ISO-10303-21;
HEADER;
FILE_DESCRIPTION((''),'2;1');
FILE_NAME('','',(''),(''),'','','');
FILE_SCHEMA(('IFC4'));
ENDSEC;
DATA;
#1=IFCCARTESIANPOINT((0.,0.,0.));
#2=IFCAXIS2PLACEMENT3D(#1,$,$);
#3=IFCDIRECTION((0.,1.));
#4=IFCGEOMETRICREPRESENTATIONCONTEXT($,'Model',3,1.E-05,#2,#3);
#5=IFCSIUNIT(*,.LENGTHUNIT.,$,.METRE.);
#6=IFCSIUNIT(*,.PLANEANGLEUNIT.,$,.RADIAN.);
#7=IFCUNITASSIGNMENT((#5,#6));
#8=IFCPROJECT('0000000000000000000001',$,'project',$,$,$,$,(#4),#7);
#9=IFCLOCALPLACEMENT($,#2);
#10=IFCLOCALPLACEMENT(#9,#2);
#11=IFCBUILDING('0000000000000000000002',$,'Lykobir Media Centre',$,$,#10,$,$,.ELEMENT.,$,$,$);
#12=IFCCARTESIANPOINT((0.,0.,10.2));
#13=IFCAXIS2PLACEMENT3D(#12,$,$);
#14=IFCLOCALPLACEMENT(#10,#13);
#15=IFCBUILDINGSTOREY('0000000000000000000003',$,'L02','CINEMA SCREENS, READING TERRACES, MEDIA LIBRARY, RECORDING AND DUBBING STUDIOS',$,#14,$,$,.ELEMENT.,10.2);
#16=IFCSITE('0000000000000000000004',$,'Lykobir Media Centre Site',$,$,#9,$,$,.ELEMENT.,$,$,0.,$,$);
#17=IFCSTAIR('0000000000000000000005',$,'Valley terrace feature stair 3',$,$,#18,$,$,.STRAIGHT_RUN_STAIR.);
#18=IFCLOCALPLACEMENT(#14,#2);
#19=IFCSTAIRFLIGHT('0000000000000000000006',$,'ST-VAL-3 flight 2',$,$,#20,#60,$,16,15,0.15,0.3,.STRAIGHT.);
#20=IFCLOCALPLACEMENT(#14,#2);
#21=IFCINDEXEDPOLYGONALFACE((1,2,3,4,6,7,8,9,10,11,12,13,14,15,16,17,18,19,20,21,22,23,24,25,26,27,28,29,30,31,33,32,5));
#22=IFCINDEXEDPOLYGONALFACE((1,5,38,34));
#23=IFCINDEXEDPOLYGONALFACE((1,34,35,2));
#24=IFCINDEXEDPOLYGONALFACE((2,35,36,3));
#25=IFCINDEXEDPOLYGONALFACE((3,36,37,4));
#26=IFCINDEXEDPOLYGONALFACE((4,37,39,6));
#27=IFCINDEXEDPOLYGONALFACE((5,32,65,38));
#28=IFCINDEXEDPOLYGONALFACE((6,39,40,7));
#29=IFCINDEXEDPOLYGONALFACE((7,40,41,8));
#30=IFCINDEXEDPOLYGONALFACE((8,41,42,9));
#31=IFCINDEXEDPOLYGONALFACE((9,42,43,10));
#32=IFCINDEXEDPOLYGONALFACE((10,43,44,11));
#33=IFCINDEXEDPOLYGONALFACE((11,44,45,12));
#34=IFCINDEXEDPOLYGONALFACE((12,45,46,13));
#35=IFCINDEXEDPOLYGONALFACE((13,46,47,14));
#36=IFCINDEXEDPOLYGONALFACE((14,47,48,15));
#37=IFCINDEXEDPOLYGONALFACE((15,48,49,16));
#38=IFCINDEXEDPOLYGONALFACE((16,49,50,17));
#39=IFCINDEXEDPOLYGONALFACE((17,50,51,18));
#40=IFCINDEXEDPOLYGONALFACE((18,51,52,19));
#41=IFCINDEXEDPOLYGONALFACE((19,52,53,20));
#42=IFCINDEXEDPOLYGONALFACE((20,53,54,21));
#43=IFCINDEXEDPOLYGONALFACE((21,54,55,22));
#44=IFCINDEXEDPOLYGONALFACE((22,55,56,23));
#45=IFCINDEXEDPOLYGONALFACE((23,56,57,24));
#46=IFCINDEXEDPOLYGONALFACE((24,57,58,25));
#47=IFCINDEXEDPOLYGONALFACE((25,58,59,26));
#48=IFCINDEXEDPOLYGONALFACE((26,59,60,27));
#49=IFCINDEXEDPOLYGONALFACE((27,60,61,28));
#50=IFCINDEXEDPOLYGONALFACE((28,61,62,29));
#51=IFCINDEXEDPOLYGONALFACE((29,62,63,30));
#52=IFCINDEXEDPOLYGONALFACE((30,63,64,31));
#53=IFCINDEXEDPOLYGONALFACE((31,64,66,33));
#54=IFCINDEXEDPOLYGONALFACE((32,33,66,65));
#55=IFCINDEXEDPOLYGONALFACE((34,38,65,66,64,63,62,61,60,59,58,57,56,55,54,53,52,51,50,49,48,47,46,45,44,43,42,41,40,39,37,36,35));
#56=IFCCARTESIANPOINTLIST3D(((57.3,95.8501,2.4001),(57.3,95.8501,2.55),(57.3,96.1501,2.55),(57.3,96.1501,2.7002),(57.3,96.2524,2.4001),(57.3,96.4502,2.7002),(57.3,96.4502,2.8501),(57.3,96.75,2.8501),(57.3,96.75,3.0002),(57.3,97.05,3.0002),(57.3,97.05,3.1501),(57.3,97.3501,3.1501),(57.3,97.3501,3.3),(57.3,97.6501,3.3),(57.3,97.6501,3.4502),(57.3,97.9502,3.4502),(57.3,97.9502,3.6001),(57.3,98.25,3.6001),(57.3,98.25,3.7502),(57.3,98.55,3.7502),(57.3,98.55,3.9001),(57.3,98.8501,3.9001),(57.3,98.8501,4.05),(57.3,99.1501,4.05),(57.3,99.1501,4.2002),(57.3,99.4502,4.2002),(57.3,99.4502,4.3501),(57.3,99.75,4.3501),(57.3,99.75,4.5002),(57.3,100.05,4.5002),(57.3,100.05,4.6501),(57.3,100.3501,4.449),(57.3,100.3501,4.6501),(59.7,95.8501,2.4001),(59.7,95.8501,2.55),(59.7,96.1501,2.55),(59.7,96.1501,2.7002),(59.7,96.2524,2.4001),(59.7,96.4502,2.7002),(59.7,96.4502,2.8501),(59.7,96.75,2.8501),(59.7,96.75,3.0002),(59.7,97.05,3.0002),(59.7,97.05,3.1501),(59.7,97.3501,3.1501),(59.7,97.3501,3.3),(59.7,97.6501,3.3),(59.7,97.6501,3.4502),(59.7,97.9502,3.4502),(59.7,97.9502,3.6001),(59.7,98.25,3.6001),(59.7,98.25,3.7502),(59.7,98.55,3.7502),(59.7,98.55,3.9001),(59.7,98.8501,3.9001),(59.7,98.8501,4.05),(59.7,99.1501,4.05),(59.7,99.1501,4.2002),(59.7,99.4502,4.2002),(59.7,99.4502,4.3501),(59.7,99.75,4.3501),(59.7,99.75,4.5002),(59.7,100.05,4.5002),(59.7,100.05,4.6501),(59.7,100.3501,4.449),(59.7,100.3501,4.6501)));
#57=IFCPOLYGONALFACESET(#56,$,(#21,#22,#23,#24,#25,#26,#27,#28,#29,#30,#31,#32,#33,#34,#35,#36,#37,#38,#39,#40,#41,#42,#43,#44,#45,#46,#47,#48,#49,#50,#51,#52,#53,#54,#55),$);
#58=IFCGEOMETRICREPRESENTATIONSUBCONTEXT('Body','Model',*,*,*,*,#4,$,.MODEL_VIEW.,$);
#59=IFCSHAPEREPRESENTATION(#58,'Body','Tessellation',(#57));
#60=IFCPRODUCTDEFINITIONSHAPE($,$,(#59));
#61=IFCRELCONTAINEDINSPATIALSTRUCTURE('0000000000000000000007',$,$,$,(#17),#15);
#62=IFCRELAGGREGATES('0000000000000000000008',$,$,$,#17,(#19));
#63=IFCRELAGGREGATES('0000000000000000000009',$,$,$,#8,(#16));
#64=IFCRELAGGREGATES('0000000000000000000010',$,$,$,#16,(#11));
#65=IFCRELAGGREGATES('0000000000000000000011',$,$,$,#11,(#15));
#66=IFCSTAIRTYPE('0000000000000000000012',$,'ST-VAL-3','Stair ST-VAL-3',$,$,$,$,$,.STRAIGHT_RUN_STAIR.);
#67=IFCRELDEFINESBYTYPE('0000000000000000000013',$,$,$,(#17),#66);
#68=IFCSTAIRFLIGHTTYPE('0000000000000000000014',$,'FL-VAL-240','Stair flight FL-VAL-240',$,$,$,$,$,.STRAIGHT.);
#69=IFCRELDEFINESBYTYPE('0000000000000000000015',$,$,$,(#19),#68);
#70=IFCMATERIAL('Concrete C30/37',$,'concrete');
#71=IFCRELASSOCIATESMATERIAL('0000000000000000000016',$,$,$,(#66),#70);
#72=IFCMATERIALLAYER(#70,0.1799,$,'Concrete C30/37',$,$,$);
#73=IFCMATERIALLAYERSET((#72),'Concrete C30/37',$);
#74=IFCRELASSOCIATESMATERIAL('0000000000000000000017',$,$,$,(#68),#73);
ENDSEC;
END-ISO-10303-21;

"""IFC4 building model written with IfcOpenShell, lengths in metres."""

from ifc_helpers import new_model, si_unit, direction, frame, origin, place, context, subcontext, project, spatial, polyline, outline, extrude, material, layer, layer_set, type_object, element, aggregate, save


model = new_model("IFC4")

# Units and contexts
model_context = context("Model", 3, precision=1e-05, world=origin(), true_north=direction((0.0, 1.0)))
body_context = subcontext(model_context, "Body", "Model", "MODEL_VIEW")
ifc_project = project(units=[si_unit("LENGTHUNIT", "METRE"), si_unit("PLANEANGLEUNIT", "RADIAN")], contexts=[model_context])

# Site, building, storey
site_placement = place(None, origin())
site = spatial("IfcSite", under=ifc_project, at=site_placement, Name="Lykobir Media Centre Site", CompositionType="ELEMENT", RefElevation=0.0)
building_placement = place(site_placement, origin())
building = spatial("IfcBuilding", under=site, at=building_placement, Name="Lykobir Media Centre", CompositionType="ELEMENT")
storey_placement = place(building_placement, frame((0.0, 0.0, 10.2)))
storey = spatial("IfcBuildingStorey", under=building, at=storey_placement, Name="L02", Description="CINEMA SCREENS, READING TERRACES, MEDIA LIBRARY, RECORDING AND DUBBING STUDIOS", CompositionType="ELEMENT", Elevation=10.2)

# Stair, stair flight
ifc_material_1 = material(Name="Concrete C30/37", Category="concrete")
stair_type = type_object("IfcStairType", Name="ST-VAL-3", Description="Stair ST-VAL-3", PredefinedType="STRAIGHT_RUN_STAIR", material=ifc_material_1)
stair_placement = place(storey_placement, origin())
stair = element("IfcStair", 1, at=stair_placement, inside=storey, type_object=stair_type, Name="Valley terrace feature stair 3", PredefinedType="STRAIGHT_RUN_STAIR")
ifc_layer = layer(ifc_material_1, 0.1799, Name="Concrete C30/37")
ifc_layer_set = layer_set([ifc_layer], Name="Concrete C30/37")
stair_flight_type = type_object("IfcStairFlightType", Name="FL-VAL-240", Description="Stair flight FL-VAL-240", PredefinedType="STRAIGHT", material=ifc_layer_set)
stair_flight_1_placement = place(storey_placement, frame((58.5, 95.8501, 2.4001), z_axis=(0.0, 0.0, 1.0), x_axis=(0.0, 1.0, 0.0)))
stair_flight_1 = element("IfcStairFlight", 2, at=stair_flight_1_placement, type_object=stair_flight_type, Name="ST-VAL-3 flight 2", NumberOfRisers=16, NumberOfTreads=15, PredefinedType="STRAIGHT", RiserHeight=0.15, TreadLength=0.3, context=body_context, shape_type="SweptSolid", body=[
    extrude(outline(polyline([(0.0, 0.0), (0.0, 0.1499), (0.3, 0.1499), (0.3, 0.3), (0.6001, 0.3), (0.6001, 0.45), (0.8999, 0.45), (0.8999, 0.6001), (1.2, 0.6001), (1.2, 0.75), (1.5, 0.75), (1.5, 0.8999), (1.8, 0.8999), (1.8, 1.05), (2.1001, 1.05), (2.1001, 1.2), (2.3999, 1.2), (2.3999, 1.3501), (2.7, 1.3501), (2.7, 1.5), (3.0, 1.5), (3.0, 1.6499), (3.3, 1.6499), (3.3, 1.8), (3.6001, 1.8), (3.6001, 1.95), (3.8999, 1.95), (3.8999, 2.1001), (4.2, 2.1001), (4.2, 2.25), (4.5, 2.25), (4.5, 2.3999), (4.5, 2.0488), (0.4023, 0.0), (0.0, 0.0)])), frame((0.0, 1.2, 0.0), z_axis=(0.0, -1.0, 0.0), x_axis=(1.0, 0.0, 0.0)), (0.0, 0.0, 1.0), 2.3999),
])
aggregate(stair, [stair_flight_1])

save(model, "model.ifc")
